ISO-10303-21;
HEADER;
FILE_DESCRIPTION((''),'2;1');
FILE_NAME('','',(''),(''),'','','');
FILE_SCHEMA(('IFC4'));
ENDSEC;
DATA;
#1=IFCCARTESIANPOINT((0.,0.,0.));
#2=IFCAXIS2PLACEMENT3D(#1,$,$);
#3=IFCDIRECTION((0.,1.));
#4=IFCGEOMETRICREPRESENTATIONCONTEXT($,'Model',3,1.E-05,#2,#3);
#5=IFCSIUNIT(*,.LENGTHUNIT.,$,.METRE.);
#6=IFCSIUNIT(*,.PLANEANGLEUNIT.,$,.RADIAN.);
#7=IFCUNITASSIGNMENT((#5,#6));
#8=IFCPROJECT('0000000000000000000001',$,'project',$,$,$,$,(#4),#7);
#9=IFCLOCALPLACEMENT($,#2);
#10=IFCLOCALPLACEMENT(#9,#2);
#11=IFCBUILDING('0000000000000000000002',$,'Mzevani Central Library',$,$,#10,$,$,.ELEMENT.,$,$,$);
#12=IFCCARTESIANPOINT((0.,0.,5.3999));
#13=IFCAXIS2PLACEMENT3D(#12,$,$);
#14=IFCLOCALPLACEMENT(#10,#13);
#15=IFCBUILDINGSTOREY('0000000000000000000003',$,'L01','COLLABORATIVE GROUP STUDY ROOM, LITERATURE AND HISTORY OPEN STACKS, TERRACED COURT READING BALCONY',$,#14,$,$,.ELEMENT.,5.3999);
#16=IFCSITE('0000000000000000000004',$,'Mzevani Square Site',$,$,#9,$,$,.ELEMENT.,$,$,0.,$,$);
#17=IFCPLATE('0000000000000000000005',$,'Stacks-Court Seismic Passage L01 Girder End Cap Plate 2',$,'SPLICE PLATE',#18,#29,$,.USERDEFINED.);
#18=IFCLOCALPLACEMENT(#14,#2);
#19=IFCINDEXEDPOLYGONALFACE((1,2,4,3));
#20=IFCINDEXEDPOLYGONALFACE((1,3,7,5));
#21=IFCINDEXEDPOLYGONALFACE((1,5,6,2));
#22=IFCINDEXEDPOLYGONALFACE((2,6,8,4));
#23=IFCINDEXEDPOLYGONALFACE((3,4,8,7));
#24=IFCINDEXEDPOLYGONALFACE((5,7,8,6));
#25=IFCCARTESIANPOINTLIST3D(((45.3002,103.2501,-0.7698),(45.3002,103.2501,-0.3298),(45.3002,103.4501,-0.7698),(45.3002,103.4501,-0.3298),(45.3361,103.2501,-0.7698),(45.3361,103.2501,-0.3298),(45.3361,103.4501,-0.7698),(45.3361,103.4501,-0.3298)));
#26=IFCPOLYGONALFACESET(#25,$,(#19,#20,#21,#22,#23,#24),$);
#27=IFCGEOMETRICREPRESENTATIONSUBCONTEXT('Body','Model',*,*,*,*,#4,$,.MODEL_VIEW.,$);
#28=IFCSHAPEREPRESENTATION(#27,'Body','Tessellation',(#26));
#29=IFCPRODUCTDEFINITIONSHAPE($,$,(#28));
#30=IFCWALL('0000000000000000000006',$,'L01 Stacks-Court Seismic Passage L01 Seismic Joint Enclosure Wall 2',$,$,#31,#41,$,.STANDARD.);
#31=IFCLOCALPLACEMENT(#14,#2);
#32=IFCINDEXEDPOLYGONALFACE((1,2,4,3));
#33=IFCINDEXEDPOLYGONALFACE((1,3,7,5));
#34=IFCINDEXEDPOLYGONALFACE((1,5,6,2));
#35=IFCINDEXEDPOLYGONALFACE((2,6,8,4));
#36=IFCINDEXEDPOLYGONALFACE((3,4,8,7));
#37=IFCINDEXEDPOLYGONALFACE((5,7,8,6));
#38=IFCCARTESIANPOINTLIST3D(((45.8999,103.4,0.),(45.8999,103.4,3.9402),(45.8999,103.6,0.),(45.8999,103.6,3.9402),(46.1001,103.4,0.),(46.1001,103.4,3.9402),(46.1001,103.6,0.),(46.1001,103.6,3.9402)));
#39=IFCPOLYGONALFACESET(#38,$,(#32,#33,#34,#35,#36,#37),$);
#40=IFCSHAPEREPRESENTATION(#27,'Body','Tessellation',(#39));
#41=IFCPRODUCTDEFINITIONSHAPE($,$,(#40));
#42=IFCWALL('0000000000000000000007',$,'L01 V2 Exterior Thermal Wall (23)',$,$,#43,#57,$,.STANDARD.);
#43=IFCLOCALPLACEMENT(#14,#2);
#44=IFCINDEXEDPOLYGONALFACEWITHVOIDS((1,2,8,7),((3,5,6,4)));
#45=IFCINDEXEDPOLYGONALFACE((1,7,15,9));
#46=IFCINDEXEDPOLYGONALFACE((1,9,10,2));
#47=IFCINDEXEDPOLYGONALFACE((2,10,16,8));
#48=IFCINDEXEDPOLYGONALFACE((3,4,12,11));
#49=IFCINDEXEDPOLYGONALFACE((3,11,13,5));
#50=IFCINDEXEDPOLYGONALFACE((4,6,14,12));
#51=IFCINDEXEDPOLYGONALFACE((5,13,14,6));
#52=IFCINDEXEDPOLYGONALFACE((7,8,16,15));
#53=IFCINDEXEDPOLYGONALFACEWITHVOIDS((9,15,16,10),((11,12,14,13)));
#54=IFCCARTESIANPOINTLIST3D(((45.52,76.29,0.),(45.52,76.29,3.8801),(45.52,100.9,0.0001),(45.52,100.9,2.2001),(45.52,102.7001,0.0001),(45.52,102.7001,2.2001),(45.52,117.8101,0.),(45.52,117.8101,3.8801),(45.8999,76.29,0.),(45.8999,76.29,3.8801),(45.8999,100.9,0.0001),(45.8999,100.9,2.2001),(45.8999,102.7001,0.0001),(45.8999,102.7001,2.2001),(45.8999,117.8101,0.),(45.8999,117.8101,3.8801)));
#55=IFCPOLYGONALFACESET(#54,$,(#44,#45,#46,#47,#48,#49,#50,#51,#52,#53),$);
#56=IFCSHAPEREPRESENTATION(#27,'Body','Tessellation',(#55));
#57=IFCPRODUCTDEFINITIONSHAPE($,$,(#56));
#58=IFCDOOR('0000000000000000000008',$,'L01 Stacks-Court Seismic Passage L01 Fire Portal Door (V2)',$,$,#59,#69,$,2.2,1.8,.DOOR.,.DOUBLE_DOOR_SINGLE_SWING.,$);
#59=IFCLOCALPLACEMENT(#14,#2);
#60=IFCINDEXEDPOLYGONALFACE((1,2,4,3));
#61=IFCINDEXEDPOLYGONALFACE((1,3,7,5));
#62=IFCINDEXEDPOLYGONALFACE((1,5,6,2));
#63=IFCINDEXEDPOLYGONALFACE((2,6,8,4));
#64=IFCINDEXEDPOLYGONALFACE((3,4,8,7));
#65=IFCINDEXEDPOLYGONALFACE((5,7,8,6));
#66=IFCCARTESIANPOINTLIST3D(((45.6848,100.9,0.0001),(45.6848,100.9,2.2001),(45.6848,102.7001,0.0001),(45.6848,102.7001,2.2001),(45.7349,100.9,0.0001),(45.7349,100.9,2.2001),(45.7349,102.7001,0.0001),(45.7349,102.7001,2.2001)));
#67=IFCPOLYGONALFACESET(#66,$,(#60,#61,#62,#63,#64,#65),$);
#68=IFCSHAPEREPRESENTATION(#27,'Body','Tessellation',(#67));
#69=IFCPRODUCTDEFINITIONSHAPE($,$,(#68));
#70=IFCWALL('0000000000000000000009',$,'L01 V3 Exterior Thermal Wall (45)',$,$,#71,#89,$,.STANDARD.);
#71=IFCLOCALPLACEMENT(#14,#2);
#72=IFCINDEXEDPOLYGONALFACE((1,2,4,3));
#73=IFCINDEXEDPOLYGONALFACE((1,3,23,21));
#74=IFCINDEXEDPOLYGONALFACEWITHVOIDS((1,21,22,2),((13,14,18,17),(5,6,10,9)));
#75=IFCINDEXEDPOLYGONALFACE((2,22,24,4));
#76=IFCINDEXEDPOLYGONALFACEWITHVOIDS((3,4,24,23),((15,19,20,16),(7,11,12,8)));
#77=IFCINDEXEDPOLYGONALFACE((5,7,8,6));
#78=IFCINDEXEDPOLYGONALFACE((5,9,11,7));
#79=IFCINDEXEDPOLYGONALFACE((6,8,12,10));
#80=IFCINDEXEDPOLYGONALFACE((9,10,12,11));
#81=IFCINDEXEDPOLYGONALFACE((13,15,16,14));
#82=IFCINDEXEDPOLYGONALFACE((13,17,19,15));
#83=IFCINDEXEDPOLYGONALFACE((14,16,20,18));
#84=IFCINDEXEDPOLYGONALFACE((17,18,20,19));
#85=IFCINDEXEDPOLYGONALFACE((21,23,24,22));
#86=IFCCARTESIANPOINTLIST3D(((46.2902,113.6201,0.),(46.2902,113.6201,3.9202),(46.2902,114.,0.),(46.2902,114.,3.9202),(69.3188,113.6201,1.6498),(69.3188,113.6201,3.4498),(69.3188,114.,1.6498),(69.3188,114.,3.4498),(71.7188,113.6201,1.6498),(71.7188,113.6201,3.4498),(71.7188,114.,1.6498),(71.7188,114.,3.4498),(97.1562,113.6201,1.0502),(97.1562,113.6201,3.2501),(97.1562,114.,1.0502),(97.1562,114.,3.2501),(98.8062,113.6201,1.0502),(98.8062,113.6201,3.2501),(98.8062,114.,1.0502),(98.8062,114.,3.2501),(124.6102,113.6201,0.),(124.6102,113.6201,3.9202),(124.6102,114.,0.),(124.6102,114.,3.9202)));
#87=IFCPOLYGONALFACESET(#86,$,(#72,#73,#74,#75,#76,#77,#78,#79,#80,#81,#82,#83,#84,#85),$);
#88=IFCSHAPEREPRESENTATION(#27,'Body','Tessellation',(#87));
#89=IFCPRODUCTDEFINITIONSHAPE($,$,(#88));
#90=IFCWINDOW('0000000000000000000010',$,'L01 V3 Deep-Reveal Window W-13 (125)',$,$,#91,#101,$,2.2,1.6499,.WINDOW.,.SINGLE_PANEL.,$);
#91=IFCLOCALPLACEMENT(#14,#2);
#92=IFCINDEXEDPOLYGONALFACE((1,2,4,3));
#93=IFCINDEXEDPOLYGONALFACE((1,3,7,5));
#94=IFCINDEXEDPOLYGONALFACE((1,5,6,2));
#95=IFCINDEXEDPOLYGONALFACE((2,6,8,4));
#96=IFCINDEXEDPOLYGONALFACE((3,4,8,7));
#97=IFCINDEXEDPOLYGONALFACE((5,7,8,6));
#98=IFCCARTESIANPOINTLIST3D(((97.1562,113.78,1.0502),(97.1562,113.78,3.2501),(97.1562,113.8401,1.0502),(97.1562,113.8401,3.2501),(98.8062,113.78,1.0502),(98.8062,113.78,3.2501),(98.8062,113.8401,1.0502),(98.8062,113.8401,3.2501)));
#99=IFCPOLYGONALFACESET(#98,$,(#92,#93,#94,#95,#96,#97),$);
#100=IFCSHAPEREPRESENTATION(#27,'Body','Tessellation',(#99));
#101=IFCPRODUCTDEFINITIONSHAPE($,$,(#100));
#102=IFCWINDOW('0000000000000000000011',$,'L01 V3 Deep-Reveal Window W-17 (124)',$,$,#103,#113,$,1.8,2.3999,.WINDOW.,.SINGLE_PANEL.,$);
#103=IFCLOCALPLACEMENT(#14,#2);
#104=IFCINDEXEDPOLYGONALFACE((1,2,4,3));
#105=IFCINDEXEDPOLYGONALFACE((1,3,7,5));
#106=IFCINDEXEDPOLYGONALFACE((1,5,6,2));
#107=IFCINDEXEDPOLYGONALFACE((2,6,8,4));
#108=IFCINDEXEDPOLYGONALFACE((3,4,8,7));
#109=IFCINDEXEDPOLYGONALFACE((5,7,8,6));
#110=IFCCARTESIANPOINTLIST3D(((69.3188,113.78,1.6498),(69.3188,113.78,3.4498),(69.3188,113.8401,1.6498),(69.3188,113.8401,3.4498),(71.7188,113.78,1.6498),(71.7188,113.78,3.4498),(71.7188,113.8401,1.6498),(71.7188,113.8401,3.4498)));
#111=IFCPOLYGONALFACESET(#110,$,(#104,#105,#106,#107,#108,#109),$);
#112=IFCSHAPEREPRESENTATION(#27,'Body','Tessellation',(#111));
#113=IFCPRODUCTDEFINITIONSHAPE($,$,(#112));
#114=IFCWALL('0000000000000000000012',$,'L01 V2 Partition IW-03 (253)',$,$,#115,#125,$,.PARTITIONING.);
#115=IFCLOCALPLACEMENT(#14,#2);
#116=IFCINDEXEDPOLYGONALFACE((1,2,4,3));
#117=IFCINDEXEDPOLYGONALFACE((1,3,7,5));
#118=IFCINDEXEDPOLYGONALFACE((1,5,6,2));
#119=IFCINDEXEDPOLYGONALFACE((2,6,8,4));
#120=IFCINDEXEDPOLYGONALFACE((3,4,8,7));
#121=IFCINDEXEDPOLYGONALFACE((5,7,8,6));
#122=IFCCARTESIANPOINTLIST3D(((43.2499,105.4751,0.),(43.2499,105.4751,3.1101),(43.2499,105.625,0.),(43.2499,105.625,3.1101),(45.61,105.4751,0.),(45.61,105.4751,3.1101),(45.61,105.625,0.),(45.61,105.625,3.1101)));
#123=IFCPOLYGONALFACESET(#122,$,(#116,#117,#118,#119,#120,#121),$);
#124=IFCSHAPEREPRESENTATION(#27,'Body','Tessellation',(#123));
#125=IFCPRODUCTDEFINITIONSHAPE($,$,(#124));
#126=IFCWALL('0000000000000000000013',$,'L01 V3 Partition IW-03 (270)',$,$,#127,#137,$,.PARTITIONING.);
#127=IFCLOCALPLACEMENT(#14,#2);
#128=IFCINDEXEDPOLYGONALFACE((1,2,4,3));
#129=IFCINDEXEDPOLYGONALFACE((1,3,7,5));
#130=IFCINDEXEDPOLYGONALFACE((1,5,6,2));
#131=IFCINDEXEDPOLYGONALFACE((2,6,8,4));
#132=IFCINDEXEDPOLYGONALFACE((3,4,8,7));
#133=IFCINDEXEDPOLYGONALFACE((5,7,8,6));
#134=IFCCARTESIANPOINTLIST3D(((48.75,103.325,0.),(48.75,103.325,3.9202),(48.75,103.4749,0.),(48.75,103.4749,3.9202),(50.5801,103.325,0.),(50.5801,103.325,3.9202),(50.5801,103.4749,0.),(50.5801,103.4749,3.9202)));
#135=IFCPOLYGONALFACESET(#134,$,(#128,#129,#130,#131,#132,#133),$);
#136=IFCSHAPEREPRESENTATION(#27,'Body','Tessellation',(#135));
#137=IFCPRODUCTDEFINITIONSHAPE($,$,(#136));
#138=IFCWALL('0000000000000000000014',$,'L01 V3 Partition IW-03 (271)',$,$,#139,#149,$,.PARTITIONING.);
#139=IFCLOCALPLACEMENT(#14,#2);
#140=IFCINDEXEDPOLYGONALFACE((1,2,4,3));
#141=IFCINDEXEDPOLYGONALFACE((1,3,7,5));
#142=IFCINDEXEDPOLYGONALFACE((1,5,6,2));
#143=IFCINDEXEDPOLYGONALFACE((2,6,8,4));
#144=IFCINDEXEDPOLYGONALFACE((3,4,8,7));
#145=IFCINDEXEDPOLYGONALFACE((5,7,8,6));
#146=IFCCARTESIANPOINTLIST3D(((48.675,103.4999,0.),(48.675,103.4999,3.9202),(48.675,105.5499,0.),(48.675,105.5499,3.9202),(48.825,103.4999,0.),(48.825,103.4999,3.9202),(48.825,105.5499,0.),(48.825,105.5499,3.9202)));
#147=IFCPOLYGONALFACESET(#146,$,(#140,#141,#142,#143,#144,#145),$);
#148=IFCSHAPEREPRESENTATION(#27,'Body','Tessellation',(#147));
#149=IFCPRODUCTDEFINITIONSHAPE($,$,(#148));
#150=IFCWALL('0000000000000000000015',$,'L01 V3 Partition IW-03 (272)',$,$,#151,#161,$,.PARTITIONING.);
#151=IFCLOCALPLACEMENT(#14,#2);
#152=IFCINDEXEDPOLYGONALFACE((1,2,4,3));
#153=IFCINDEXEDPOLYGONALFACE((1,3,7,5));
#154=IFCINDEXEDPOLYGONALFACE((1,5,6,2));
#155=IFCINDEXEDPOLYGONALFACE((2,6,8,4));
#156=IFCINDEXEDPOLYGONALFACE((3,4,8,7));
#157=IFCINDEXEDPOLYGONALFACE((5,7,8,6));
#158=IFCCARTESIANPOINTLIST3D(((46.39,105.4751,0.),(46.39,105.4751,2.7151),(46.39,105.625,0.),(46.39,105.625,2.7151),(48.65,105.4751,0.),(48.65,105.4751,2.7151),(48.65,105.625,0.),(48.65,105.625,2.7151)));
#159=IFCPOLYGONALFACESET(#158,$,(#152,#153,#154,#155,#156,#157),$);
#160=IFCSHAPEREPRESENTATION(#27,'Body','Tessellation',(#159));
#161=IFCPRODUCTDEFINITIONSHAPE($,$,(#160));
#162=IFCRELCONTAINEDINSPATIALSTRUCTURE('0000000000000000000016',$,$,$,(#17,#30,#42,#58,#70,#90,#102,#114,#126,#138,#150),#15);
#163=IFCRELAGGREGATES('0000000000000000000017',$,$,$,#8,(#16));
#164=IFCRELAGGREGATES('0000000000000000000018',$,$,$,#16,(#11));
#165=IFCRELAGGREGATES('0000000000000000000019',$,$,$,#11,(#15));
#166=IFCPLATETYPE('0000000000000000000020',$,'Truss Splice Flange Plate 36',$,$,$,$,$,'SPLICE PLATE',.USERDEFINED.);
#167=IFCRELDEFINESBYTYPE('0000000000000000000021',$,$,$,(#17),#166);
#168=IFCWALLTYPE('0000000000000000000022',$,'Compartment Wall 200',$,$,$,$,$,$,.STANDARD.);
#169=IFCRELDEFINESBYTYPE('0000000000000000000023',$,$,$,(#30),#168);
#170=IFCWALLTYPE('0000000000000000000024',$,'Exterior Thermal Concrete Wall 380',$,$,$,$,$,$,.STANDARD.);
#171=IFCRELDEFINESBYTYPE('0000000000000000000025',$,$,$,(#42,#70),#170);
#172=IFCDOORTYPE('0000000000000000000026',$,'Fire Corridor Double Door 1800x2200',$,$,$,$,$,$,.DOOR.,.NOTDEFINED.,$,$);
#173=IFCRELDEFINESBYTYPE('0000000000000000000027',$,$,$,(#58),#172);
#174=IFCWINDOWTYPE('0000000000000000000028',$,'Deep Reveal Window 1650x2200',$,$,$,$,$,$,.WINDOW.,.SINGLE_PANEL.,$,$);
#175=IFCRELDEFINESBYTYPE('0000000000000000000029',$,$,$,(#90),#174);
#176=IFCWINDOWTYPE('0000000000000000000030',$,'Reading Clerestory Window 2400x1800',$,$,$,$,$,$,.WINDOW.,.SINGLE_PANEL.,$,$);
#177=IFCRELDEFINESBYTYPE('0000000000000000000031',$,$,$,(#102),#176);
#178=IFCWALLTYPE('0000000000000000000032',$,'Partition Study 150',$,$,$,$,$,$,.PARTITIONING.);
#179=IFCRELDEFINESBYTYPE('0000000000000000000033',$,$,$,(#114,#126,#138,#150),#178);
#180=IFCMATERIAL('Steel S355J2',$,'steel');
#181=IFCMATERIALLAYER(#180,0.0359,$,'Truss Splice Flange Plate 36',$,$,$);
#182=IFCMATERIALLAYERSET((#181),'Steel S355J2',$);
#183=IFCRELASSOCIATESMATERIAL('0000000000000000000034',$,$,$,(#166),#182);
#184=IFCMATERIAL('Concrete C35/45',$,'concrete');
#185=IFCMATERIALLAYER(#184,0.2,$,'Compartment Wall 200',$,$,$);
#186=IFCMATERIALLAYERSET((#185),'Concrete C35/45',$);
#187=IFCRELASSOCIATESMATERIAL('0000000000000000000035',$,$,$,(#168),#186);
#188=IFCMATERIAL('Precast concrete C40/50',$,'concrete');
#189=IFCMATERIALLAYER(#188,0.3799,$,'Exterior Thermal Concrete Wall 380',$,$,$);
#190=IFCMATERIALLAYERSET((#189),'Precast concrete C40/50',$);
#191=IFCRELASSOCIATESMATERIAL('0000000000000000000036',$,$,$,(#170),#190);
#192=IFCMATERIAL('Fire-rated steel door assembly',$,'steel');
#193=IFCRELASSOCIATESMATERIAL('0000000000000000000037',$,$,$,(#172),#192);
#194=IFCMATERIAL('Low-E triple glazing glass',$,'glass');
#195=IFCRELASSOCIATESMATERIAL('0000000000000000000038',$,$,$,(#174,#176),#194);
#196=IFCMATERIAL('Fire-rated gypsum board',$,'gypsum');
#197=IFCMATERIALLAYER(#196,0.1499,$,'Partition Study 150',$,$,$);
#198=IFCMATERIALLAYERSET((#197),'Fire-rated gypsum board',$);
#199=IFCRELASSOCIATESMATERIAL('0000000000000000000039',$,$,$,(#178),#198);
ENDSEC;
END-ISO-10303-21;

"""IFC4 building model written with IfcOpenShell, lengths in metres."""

from ifc_helpers import new_model, si_unit, direction, frame, frame_2d, origin, origin_2d, place, context, subcontext, project, spatial, rectangle, extrude, material, layer, layer_set, type_object, element, fill, save


model = new_model("IFC4")

# Units and contexts
model_context = context("Model", 3, precision=1e-05, world=origin(), true_north=direction((0.0, 1.0)))
body_context = subcontext(model_context, "Body", "Model", "MODEL_VIEW")
ifc_project = project(units=[si_unit("LENGTHUNIT", "METRE"), si_unit("PLANEANGLEUNIT", "RADIAN")], contexts=[model_context])

# Site, building, storey
site_placement = place(None, origin())
site = spatial("IfcSite", under=ifc_project, at=site_placement, Name="Mzevani Square Site", CompositionType="ELEMENT", RefElevation=0.0)
building_placement = place(site_placement, origin())
building = spatial("IfcBuilding", under=site, at=building_placement, Name="Mzevani Central Library", CompositionType="ELEMENT")
storey_placement = place(building_placement, frame((0.0, 0.0, 5.3999)))
storey = spatial("IfcBuildingStorey", under=building, at=storey_placement, Name="L01", Description="COLLABORATIVE GROUP STUDY ROOM, LITERATURE AND HISTORY OPEN STACKS, TERRACED COURT READING BALCONY", CompositionType="ELEMENT", Elevation=5.3999)

# Shared definitions
ifc_material_1 = material(Name="Steel S355J2", Category="steel")

# Shared definitions
ifc_material_2 = material(Name="Concrete C35/45", Category="concrete")
ifc_material_3 = material(Name="Precast concrete C40/50", Category="concrete")

# Plate
ifc_layer_1 = layer(ifc_material_1, 0.0359, Name="Truss Splice Flange Plate 36")
ifc_layer_set_1 = layer_set([ifc_layer_1], Name="Steel S355J2")
plate_type_1 = type_object("IfcPlateType", Name="Truss Splice Flange Plate 36", ElementType="SPLICE PLATE", PredefinedType="USERDEFINED", material=ifc_layer_set_1)
plate_1_placement = place(storey_placement, frame((45.3181, 103.3501, -0.7698), z_axis=(0.0, 0.0, 1.0), x_axis=(1.0, 0.0, 0.0)))
element("IfcPlate", 1, at=plate_1_placement, inside=storey, type_object=plate_type_1, Name="Stacks-Court Seismic Passage L01 Girder End Cap Plate 2", ObjectType="SPLICE PLATE", PredefinedType="USERDEFINED", context=body_context, shape_type="SweptSolid", body=[
    extrude(rectangle(XDim=0.0359, YDim=0.2, at=origin_2d()), origin(), (0.0, 0.0, 1.0), 0.4399),
])

# Wall
ifc_layer_2 = layer(ifc_material_2, 0.2, Name="Compartment Wall 200")
ifc_layer_set_2 = layer_set([ifc_layer_2], Name="Concrete C35/45")
wall_type_1 = type_object("IfcWallType", Name="Compartment Wall 200", PredefinedType="STANDARD", material=ifc_layer_set_2)
wall_1_placement = place(storey_placement, frame((45.8999, 103.5, 0.0), z_axis=(0.0, 0.0, 1.0), x_axis=(1.0, 0.0, 0.0)))
element("IfcWall", 2, at=wall_1_placement, inside=storey, type_object=wall_type_1, Name="L01 Stacks-Court Seismic Passage L01 Seismic Joint Enclosure Wall 2", PredefinedType="STANDARD", context=body_context, shape_type="SweptSolid", body=[
    extrude(rectangle(XDim=0.2002, YDim=0.2, at=frame_2d((0.1001, 0.0))), origin(), (0.0, 0.0, 1.0), 3.9402),
])

# Wall, opening, door
ifc_layer_3 = layer(ifc_material_3, 0.3799, Name="Exterior Thermal Concrete Wall 380")
ifc_layer_set_3 = layer_set([ifc_layer_3], Name="Precast concrete C40/50")
wall_type_2 = type_object("IfcWallType", Name="Exterior Thermal Concrete Wall 380", PredefinedType="STANDARD", material=ifc_layer_set_3)
wall_2_placement = place(storey_placement, frame((45.71, 117.8101, 0.0), z_axis=(0.0, 0.0, 1.0), x_axis=(0.0, -1.0, 0.0)))
wall_2 = element("IfcWall", 3, at=wall_2_placement, inside=storey, type_object=wall_type_2, Name="L01 V2 Exterior Thermal Wall (23)", PredefinedType="STANDARD", context=body_context, shape_type="SweptSolid", body=[
    extrude(rectangle(XDim=41.52, YDim=0.3799, at=frame_2d((20.76, 0.0))), origin(), (0.0, 0.0, 1.0), 3.8801),
])
opening_1_placement = place(wall_2_placement, frame((15.1101, 0.0, 0.0)))
opening_1 = element("IfcOpeningElement", 4, at=opening_1_placement, cuts=wall_2, PredefinedType="OPENING", context=body_context, shape_type="SweptSolid", body=[
    extrude(rectangle(XDim=1.8, YDim=2.2, at=frame_2d((0.8999, 1.1001))), frame((0.0, 0.2, 0.0), z_axis=(0.0, -1.0, 0.0), x_axis=(1.0, 0.0, 0.0)), (0.0, 0.0, 1.0), 0.3999),
])
ifc_material_4 = material(Name="Fire-rated steel door assembly", Category="steel")
door_type = type_object("IfcDoorType", Name="Fire Corridor Double Door 1800x2200", OperationType="NOTDEFINED", PredefinedType="DOOR", material=ifc_material_4)
door_placement = place(opening_1_placement, origin())
door = element("IfcDoor", 5, at=door_placement, inside=storey, type_object=door_type, Name="L01 Stacks-Court Seismic Passage L01 Fire Portal Door (V2)", OperationType="DOUBLE_DOOR_SINGLE_SWING", OverallHeight=2.2, OverallWidth=1.8, PredefinedType="DOOR", context=body_context, shape_type="SweptSolid", body=[
    extrude(rectangle(XDim=1.8, YDim=2.2, at=frame_2d((0.8999, 1.1001))), frame((0.0, 0.0249, 0.0), z_axis=(0.0, -1.0, 0.0), x_axis=(1.0, 0.0, 0.0)), (0.0, 0.0, 1.0), 0.05),
])
fill(opening_1, door)

# Wall, openings, windows
wall_3_placement = place(storey_placement, frame((46.29, 113.8101, 0.0), z_axis=(0.0, 0.0, 1.0), x_axis=(1.0, 0.0, 0.0)))
wall_3 = element("IfcWall", 6, at=wall_3_placement, inside=storey, type_object=wall_type_2, Name="L01 V3 Exterior Thermal Wall (45)", PredefinedType="STANDARD", context=body_context, shape_type="SweptSolid", body=[
    extrude(rectangle(XDim=78.3201, YDim=0.3799, at=frame_2d((39.1602, 0.0))), origin(), (0.0, 0.0, 1.0), 3.9202),
])
opening_2_placement = place(wall_3_placement, frame((23.0288, 0.0, 1.6499)))
opening_2 = element("IfcOpeningElement", 7, at=opening_2_placement, cuts=wall_3, PredefinedType="OPENING", context=body_context, shape_type="SweptSolid", body=[
    extrude(rectangle(XDim=2.3999, YDim=1.8, at=frame_2d((1.2, 0.8999))), frame((0.0, 0.2, 0.0), z_axis=(0.0, -1.0, 0.0), x_axis=(1.0, 0.0, 0.0)), (0.0, 0.0, 1.0), 0.3999),
])
opening_3_placement = place(wall_3_placement, frame((50.8662, 0.0, 1.05)))
opening_3 = element("IfcOpeningElement", 8, at=opening_3_placement, cuts=wall_3, PredefinedType="OPENING", context=body_context, shape_type="SweptSolid", body=[
    extrude(rectangle(XDim=1.6499, YDim=2.2, at=frame_2d((0.825, 1.1001))), frame((0.0, 0.2, 0.0), z_axis=(0.0, -1.0, 0.0), x_axis=(1.0, 0.0, 0.0)), (0.0, 0.0, 1.0), 0.3999),
])
ifc_material_5 = material(Name="Low-E triple glazing glass", Category="glass")
window_type_1 = type_object("IfcWindowType", Name="Deep Reveal Window 1650x2200", PartitioningType="SINGLE_PANEL", PredefinedType="WINDOW", material=ifc_material_5)
window_1_placement = place(opening_3_placement, origin())
window_1 = element("IfcWindow", 9, at=window_1_placement, inside=storey, type_object=window_type_1, Name="L01 V3 Deep-Reveal Window W-13 (125)", OverallHeight=2.2, OverallWidth=1.6499, PartitioningType="SINGLE_PANEL", PredefinedType="WINDOW", context=body_context, shape_type="SweptSolid", body=[
    extrude(rectangle(XDim=1.6499, YDim=2.2, at=frame_2d((0.825, 1.1001))), frame((0.0, 0.03, 0.0), z_axis=(0.0, -1.0, 0.0), x_axis=(1.0, 0.0, 0.0)), (0.0, 0.0, 1.0), 0.0601),
])
fill(opening_3, window_1)
window_type_2 = type_object("IfcWindowType", Name="Reading Clerestory Window 2400x1800", PartitioningType="SINGLE_PANEL", PredefinedType="WINDOW", material=ifc_material_5)
window_2_placement = place(opening_2_placement, origin())
window_2 = element("IfcWindow", 10, at=window_2_placement, inside=storey, type_object=window_type_2, Name="L01 V3 Deep-Reveal Window W-17 (124)", OverallHeight=1.8, OverallWidth=2.3999, PartitioningType="SINGLE_PANEL", PredefinedType="WINDOW", context=body_context, shape_type="SweptSolid", body=[
    extrude(rectangle(XDim=2.3999, YDim=1.8, at=frame_2d((1.2, 0.8999))), frame((0.0, 0.03, 0.0), z_axis=(0.0, -1.0, 0.0), x_axis=(1.0, 0.0, 0.0)), (0.0, 0.0, 1.0), 0.0601),
])
fill(opening_2, window_2)

# Walls
ifc_material_6 = material(Name="Fire-rated gypsum board", Category="gypsum")
ifc_layer_4 = layer(ifc_material_6, 0.1499, Name="Partition Study 150")
ifc_layer_set_4 = layer_set([ifc_layer_4], Name="Fire-rated gypsum board")
wall_type_3 = type_object("IfcWallType", Name="Partition Study 150", PredefinedType="PARTITIONING", material=ifc_layer_set_4)
wall_4_placement = place(storey_placement, frame((45.6101, 105.55, 0.0), z_axis=(0.0, 0.0, 1.0), x_axis=(-1.0, 0.0, 0.0)))
element("IfcWall", 11, at=wall_4_placement, inside=storey, type_object=wall_type_3, Name="L01 V2 Partition IW-03 (253)", PredefinedType="PARTITIONING", context=body_context, shape_type="SweptSolid", body=[
    extrude(rectangle(XDim=2.3601, YDim=0.1499, at=frame_2d((1.1802, 0.0))), origin(), (0.0, 0.0, 1.0), 3.1101),
])
wall_5_placement = place(storey_placement, frame((50.5801, 103.3999, 0.0), z_axis=(0.0, 0.0, 1.0), x_axis=(-1.0, 0.0, 0.0)))
element("IfcWall", 12, at=wall_5_placement, inside=storey, type_object=wall_type_3, Name="L01 V3 Partition IW-03 (270)", PredefinedType="PARTITIONING", context=body_context, shape_type="SweptSolid", body=[
    extrude(rectangle(XDim=1.8301, YDim=0.1499, at=frame_2d((0.915, 0.0))), origin(), (0.0, 0.0, 1.0), 3.9202),
])
wall_6_placement = place(storey_placement, frame((48.75, 103.5, 0.0), z_axis=(0.0, 0.0, 1.0), x_axis=(0.0, 1.0, 0.0)))
element("IfcWall", 13, at=wall_6_placement, inside=storey, type_object=wall_type_3, Name="L01 V3 Partition IW-03 (271)", PredefinedType="PARTITIONING", context=body_context, shape_type="SweptSolid", body=[
    extrude(rectangle(XDim=2.05, YDim=0.1499, at=frame_2d((1.0249, 0.0))), origin(), (0.0, 0.0, 1.0), 3.9202),
])
wall_7_placement = place(storey_placement, frame((48.6499, 105.55, 0.0), z_axis=(0.0, 0.0, 1.0), x_axis=(-1.0, 0.0, 0.0)))
element("IfcWall", 14, at=wall_7_placement, inside=storey, type_object=wall_type_3, Name="L01 V3 Partition IW-03 (272)", PredefinedType="PARTITIONING", context=body_context, shape_type="SweptSolid", body=[
    extrude(rectangle(XDim=2.26, YDim=0.1499, at=frame_2d((1.1299, 0.0))), origin(), (0.0, 0.0, 1.0), 2.7151),
])

save(model, "model.ifc")
